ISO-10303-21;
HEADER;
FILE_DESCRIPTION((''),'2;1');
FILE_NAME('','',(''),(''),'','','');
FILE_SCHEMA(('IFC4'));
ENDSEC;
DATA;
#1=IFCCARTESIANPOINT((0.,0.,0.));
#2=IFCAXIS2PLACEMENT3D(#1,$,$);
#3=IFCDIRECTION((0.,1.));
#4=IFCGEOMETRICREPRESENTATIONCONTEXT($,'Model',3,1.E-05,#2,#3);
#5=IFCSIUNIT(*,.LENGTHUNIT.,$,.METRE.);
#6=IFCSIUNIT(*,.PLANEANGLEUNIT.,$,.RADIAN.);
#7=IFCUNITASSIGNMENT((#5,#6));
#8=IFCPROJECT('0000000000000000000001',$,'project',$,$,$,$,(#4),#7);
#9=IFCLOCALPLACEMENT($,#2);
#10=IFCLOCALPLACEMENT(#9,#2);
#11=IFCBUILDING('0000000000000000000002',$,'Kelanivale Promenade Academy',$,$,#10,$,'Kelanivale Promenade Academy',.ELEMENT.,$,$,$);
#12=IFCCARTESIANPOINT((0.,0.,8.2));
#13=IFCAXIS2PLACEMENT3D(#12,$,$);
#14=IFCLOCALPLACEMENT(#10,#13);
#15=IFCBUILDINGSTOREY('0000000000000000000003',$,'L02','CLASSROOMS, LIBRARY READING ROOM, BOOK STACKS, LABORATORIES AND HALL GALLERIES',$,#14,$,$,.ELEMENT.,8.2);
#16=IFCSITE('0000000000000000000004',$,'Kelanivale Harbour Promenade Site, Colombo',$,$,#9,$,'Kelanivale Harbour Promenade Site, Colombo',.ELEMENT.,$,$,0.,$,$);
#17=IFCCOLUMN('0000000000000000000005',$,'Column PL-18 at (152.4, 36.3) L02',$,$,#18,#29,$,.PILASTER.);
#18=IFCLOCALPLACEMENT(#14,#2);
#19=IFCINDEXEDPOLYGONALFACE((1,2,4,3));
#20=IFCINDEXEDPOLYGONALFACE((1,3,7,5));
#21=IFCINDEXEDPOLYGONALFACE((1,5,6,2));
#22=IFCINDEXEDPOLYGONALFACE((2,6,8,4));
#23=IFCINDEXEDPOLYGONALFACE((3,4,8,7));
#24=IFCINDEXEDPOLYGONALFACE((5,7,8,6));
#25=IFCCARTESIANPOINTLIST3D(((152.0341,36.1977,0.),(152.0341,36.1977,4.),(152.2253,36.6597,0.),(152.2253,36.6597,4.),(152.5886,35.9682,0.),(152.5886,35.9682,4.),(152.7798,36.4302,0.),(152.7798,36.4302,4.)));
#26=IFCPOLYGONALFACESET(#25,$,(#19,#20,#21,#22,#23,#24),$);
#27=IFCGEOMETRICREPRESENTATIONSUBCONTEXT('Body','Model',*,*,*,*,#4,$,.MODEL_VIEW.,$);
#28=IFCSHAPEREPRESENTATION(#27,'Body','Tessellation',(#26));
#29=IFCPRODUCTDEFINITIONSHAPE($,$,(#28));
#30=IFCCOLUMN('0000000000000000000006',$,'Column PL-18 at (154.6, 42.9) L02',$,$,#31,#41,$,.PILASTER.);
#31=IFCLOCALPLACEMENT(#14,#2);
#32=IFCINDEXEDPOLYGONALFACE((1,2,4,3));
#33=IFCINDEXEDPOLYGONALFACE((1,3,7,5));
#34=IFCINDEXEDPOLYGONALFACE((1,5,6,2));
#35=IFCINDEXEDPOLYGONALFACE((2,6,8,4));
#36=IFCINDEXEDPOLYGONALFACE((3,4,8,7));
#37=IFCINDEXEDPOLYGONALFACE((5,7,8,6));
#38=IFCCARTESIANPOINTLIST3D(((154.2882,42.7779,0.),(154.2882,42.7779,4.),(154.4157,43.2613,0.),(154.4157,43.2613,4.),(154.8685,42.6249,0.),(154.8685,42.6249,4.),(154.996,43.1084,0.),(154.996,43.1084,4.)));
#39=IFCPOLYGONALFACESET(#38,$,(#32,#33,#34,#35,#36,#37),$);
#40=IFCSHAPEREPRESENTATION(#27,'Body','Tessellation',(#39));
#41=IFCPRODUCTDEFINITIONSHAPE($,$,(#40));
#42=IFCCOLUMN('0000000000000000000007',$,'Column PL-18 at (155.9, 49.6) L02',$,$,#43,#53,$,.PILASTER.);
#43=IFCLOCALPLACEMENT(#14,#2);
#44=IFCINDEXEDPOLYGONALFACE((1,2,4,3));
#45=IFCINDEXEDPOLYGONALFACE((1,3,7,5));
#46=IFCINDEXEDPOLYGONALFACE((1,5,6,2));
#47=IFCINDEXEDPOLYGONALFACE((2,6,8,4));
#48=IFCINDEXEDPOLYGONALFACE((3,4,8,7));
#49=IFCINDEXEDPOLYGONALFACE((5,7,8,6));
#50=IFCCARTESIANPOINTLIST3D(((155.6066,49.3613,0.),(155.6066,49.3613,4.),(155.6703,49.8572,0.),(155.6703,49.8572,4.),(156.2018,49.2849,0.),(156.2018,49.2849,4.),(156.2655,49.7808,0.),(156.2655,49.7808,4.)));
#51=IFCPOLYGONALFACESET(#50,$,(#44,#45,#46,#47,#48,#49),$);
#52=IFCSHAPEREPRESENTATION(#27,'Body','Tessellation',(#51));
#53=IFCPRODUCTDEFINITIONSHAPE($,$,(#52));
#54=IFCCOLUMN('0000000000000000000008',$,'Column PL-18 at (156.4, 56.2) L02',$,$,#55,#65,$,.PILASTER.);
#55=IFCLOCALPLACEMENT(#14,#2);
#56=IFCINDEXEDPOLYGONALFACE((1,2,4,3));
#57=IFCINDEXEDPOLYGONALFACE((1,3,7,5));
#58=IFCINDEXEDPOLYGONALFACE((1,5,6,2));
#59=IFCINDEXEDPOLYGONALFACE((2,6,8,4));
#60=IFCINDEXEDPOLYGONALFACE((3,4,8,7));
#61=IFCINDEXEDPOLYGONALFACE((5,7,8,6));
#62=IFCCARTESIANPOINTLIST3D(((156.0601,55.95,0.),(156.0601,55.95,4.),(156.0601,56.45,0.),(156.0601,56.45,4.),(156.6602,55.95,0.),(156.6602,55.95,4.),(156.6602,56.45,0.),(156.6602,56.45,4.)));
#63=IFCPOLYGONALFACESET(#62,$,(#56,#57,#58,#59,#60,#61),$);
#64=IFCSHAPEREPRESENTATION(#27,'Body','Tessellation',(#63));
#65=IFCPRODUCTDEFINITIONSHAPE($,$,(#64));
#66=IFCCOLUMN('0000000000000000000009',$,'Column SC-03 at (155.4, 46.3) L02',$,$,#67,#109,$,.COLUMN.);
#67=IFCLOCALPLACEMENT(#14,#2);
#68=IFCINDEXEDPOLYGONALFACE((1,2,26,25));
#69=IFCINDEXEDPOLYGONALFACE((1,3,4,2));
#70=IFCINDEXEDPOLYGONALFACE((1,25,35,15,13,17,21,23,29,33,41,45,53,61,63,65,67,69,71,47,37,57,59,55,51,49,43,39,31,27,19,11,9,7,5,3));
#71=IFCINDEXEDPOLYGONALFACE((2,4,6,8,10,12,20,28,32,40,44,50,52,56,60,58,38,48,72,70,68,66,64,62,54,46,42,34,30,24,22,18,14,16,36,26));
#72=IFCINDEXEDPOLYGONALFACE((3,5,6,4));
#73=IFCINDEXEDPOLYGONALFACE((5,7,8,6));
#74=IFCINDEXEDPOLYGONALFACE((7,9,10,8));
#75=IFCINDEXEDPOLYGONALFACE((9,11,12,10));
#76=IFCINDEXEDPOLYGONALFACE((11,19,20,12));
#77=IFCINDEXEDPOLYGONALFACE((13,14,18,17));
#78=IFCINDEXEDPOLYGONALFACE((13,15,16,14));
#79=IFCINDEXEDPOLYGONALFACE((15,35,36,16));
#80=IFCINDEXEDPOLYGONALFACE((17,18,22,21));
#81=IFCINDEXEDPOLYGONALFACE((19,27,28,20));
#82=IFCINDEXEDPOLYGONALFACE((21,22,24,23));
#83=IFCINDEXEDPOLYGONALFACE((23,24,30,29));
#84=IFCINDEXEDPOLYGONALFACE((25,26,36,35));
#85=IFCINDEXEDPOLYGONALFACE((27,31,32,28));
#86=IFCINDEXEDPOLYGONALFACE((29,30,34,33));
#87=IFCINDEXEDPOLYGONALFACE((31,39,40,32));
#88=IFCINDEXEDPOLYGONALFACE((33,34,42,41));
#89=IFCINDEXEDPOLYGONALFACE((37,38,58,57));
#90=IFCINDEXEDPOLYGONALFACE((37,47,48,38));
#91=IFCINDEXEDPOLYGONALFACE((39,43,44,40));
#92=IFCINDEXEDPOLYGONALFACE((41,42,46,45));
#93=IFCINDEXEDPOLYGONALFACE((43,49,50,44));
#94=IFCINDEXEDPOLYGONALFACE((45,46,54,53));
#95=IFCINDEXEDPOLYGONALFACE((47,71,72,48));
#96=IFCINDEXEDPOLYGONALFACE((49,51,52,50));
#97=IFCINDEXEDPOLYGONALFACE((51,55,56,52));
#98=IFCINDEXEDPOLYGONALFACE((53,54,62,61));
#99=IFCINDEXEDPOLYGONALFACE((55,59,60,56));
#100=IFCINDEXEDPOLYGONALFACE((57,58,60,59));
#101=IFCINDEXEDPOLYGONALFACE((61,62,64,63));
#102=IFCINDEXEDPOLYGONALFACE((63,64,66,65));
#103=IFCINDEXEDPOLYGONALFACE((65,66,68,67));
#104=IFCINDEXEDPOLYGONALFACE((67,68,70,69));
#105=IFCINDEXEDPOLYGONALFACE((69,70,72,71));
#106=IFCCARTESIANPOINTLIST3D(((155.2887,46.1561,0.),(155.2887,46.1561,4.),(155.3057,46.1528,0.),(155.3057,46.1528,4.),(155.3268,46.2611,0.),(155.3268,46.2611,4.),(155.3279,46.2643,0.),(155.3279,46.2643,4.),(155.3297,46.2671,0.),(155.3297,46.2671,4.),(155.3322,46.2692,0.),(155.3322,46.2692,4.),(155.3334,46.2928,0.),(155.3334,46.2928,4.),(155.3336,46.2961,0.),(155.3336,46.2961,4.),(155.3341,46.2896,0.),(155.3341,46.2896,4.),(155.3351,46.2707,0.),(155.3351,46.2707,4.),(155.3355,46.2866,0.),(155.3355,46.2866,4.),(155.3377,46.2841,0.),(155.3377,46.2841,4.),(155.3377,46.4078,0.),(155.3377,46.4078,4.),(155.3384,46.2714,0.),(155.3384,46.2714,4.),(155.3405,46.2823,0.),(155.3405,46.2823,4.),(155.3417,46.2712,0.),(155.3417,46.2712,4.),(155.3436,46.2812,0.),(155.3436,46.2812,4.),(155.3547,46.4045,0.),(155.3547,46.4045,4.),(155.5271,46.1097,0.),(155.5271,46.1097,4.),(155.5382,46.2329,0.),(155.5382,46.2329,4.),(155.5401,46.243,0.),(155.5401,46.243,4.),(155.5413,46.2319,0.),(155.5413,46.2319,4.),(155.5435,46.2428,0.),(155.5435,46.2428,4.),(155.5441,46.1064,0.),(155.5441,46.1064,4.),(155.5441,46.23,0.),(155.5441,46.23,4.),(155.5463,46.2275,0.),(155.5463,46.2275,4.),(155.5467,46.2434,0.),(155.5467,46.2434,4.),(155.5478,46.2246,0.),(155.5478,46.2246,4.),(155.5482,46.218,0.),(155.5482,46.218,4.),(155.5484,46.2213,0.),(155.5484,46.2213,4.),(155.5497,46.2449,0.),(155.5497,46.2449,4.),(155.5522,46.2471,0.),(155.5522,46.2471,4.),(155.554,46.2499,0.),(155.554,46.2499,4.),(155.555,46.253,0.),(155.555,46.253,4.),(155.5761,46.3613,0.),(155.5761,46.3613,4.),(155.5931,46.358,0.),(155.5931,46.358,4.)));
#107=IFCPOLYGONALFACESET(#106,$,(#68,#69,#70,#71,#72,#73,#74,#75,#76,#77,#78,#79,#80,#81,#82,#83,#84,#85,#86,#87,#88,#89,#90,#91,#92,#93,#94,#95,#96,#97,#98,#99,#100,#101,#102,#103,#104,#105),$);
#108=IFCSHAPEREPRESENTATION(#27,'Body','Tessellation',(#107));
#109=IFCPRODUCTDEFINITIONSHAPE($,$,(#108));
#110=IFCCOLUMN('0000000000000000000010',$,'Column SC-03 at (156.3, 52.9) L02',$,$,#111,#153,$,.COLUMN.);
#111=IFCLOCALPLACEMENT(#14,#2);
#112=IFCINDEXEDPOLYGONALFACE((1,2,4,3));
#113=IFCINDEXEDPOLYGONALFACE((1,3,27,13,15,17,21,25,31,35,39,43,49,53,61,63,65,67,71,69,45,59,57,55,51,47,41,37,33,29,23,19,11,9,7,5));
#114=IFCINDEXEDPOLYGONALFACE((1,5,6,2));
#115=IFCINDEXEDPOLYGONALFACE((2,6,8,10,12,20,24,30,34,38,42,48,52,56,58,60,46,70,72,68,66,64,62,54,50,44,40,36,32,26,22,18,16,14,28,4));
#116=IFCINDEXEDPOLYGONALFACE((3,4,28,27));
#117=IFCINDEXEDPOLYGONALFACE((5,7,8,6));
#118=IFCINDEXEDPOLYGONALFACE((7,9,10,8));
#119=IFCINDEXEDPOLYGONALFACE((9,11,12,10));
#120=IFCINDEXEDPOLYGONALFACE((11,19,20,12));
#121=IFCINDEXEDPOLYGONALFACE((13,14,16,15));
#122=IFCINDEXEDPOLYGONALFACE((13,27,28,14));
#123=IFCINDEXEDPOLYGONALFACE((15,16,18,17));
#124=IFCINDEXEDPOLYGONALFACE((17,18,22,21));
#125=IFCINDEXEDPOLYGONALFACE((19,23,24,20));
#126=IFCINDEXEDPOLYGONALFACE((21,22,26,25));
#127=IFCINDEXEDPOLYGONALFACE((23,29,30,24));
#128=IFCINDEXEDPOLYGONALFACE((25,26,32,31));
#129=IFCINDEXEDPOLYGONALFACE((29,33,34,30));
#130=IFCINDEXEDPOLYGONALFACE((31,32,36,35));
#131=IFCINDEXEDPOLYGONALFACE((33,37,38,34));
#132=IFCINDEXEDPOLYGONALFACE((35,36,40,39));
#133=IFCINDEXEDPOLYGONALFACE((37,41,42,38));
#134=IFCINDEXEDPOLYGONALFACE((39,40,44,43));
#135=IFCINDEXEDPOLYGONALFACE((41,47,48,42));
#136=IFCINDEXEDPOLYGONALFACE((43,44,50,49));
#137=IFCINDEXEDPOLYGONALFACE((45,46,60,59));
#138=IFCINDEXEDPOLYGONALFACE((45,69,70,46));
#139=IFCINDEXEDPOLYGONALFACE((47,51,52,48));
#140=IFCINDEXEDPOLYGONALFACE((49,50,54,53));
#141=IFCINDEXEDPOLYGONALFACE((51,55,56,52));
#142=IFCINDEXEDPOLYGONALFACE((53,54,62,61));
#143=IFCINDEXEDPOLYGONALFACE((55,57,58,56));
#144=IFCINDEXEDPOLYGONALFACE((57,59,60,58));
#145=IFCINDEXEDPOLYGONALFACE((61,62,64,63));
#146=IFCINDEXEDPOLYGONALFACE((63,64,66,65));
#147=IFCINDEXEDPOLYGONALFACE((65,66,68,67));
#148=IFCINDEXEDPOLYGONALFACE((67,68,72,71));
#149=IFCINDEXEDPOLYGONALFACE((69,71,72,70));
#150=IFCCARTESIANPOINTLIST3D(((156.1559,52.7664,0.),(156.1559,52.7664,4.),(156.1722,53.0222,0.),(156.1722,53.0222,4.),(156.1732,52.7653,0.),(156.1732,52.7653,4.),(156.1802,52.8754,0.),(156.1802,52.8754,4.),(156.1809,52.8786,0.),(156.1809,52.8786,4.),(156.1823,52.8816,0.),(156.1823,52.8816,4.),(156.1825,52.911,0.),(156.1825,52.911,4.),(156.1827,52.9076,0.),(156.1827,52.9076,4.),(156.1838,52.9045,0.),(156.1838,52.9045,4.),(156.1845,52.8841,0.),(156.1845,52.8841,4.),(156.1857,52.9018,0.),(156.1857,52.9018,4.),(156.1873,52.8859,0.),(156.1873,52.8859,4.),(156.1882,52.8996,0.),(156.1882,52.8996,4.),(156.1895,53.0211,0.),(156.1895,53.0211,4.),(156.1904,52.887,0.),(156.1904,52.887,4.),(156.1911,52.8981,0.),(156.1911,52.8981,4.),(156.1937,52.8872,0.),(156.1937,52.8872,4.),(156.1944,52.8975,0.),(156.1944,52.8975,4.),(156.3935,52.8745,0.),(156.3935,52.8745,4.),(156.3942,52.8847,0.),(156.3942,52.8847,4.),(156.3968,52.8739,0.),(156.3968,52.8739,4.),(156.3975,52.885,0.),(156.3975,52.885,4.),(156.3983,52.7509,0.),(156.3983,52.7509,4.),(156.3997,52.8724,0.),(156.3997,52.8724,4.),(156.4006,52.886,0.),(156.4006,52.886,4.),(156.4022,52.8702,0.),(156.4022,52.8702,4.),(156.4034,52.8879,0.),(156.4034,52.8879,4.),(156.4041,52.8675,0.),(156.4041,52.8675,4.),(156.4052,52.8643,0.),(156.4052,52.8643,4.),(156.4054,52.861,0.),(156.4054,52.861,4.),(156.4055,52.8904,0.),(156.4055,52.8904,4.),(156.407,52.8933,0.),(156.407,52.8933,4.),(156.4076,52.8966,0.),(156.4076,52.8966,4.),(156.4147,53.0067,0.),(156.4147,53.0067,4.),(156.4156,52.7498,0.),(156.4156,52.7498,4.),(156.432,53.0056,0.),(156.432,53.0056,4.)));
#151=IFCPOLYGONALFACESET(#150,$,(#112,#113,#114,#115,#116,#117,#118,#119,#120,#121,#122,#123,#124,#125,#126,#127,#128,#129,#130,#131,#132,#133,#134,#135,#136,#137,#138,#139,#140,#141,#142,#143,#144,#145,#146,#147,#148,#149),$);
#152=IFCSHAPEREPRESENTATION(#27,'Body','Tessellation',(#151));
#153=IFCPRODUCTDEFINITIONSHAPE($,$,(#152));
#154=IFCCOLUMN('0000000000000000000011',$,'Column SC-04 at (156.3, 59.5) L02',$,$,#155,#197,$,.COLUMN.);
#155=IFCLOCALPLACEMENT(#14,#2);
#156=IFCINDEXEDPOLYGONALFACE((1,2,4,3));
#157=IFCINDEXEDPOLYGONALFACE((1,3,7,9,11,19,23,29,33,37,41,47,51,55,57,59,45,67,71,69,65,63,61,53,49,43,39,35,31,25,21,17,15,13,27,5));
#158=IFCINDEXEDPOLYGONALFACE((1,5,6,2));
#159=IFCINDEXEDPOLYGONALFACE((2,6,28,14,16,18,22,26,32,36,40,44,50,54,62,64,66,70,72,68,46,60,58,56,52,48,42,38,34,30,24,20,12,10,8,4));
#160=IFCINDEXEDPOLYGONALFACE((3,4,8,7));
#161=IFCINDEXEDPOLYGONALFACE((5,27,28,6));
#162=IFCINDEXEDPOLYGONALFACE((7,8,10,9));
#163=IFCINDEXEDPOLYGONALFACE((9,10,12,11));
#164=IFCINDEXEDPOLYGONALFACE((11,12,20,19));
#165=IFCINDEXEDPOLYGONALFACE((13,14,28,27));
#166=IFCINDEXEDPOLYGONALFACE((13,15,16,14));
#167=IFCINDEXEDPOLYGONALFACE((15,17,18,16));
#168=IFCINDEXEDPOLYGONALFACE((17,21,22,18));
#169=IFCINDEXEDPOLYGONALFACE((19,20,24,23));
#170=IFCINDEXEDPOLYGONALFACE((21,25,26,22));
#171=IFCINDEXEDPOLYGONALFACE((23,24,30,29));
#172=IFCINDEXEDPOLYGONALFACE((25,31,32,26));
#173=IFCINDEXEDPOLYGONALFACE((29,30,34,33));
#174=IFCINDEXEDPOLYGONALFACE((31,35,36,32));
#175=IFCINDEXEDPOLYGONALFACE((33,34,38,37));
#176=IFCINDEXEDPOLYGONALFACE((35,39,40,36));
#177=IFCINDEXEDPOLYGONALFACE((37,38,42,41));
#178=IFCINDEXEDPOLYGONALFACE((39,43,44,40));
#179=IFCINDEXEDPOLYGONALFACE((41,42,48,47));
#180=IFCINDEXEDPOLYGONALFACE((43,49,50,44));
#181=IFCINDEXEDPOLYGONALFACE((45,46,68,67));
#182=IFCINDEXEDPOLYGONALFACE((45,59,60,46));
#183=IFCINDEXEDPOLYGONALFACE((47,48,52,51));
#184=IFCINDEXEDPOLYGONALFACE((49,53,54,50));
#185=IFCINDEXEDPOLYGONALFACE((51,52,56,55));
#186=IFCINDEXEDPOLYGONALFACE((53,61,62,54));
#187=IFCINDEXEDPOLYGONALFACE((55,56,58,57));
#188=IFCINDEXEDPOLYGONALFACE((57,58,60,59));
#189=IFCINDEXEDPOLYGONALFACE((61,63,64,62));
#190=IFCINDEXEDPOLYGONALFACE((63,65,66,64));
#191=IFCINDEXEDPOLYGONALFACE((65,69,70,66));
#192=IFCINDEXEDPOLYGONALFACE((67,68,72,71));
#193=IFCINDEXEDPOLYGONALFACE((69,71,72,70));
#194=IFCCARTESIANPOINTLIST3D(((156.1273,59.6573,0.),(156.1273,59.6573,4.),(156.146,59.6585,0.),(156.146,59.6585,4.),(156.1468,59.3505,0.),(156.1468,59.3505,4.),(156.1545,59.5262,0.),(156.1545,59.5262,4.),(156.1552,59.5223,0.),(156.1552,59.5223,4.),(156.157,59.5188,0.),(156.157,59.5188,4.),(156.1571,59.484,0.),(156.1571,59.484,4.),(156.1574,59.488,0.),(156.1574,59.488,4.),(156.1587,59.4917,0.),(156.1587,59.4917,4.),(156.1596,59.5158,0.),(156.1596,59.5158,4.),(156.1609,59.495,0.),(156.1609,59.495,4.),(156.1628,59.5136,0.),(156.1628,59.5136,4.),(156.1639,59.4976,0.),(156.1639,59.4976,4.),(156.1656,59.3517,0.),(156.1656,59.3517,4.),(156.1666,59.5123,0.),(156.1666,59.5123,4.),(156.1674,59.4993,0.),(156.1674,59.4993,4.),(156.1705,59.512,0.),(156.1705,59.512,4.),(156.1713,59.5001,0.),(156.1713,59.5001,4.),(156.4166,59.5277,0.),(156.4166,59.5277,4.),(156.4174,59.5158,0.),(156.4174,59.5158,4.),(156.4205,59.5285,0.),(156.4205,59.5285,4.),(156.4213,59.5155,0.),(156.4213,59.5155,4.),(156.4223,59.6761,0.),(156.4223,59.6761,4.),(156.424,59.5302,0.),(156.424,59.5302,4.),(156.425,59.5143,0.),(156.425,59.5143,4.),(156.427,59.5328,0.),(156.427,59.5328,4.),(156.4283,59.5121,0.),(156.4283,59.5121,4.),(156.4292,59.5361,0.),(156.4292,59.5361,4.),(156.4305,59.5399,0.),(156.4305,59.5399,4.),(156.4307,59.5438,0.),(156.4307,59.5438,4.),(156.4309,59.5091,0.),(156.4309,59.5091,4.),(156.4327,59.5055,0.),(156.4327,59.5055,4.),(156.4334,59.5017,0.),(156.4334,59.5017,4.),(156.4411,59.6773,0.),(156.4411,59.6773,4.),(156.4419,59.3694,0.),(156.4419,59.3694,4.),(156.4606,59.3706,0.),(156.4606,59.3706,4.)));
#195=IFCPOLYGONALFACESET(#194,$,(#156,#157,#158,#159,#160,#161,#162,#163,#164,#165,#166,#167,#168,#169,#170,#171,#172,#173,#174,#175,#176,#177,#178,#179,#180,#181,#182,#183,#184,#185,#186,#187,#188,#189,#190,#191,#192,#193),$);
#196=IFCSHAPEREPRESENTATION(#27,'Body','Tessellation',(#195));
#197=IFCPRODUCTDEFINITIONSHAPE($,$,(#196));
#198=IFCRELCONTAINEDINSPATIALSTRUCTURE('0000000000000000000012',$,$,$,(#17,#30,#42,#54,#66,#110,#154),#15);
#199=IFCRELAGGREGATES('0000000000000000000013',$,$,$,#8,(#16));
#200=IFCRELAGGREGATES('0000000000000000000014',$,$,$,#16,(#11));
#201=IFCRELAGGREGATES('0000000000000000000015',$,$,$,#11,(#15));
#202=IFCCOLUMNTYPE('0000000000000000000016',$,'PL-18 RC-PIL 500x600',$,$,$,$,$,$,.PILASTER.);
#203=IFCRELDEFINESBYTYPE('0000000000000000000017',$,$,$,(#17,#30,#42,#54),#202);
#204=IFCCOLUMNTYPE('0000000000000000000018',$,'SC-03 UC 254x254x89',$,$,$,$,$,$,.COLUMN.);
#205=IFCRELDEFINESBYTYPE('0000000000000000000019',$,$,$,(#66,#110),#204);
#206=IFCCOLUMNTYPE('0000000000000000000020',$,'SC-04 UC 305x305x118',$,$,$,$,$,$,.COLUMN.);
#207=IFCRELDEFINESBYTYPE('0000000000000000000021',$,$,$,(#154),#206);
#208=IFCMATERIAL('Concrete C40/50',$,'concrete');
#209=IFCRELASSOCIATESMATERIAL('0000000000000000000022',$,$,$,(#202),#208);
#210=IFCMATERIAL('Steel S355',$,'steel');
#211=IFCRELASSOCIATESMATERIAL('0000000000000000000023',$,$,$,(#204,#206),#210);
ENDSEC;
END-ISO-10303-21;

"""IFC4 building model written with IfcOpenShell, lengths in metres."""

from ifc_helpers import new_model, si_unit, direction, frame, origin, origin_2d, place, context, subcontext, project, spatial, rectangle, i_section, extrude, material, material_profile, profile_set, type_object, element, save


model = new_model("IFC4")

# Units and contexts
model_context = context("Model", 3, precision=1e-05, world=origin(), true_north=direction((0.0, 1.0)))
body_context = subcontext(model_context, "Body", "Model", "MODEL_VIEW")
ifc_project = project(units=[si_unit("LENGTHUNIT", "METRE"), si_unit("PLANEANGLEUNIT", "RADIAN")], contexts=[model_context])

# Site, building, storey
site_placement = place(None, origin())
site = spatial("IfcSite", under=ifc_project, at=site_placement, Name="Kelanivale Harbour Promenade Site, Colombo", LongName="Kelanivale Harbour Promenade Site, Colombo", CompositionType="ELEMENT", RefElevation=0.0)
building_placement = place(site_placement, origin())
building = spatial("IfcBuilding", under=site, at=building_placement, Name="Kelanivale Promenade Academy", LongName="Kelanivale Promenade Academy", CompositionType="ELEMENT")
storey_placement = place(building_placement, frame((0.0, 0.0, 8.2)))
storey = spatial("IfcBuildingStorey", under=building, at=storey_placement, Name="L02", Description="CLASSROOMS, LIBRARY READING ROOM, BOOK STACKS, LABORATORIES AND HALL GALLERIES", CompositionType="ELEMENT", Elevation=8.2)

# Columns
ifc_material_1 = material(Name="Concrete C40/50", Category="concrete")
ifc_material_profile_1 = material_profile(ifc_material_1, rectangle(XDim=0.5, YDim=0.6001, at=origin_2d()), Name="RC-PIL 500x600")
ifc_profile_set_1 = profile_set([ifc_material_profile_1], Name="Concrete C40/50")
column_type_1 = type_object("IfcColumnType", Name="PL-18 RC-PIL 500x600", PredefinedType="PILASTER", material=ifc_profile_set_1)
for number, where, z_axis, x_axis, name in (
    (1, (152.407, 36.314, 0.0), (0.0, 0.0, 1.0), (0.382361, 0.924013, 0.0), "Column PL-18 at (152.4, 36.3) L02"),
    (2, (154.6421, 42.9431, 0.0), (0.0, 0.0, 1.0), (0.254939, 0.966957, 0.0), "Column PL-18 at (154.6, 42.9) L02"),
    (3, (155.936, 49.571, 0.0), (0.0, 0.0, 1.0), (0.127411, 0.99185, 0.0), "Column PL-18 at (155.9, 49.6) L02"),
    (4, (156.3601, 56.2, 0.0), (0.0, 0.0, 1.0), (0.0, 1.0, 0.0), "Column PL-18 at (156.4, 56.2) L02"),
):
    element("IfcColumn", number, at=place(storey_placement, frame(where, z_axis=z_axis, x_axis=x_axis)), inside=storey, type_object=column_type_1, Name=name, PredefinedType="PILASTER", context=body_context, shape_type="SweptSolid", body=[
        extrude(rectangle(XDim=0.5, YDim=0.6001, at=origin_2d()), origin(), (0.0, 0.0, 1.0), 4.0),
    ])
ifc_material_2 = material(Name="Steel S355", Category="steel")
ifc_material_profile_2 = material_profile(ifc_material_2, i_section(OverallWidth=0.2563, OverallDepth=0.2603, WebThickness=0.0103, FlangeThickness=0.0173, FilletRadius=0.0127, at=origin_2d()), Name="UC 254x254x89")
ifc_profile_set_2 = profile_set([ifc_material_profile_2], Name="Steel S355")
column_type_2 = type_object("IfcColumnType", Name="SC-03 UC 254x254x89", PredefinedType="COLUMN", material=ifc_profile_set_2)
for number, where, z_axis, x_axis, name in (
    (5, (155.4409, 46.2571, 0.0), (0.0, 0.0, 1.0), (0.191152, 0.981561, 0.0), "Column SC-03 at (155.4, 46.3) L02"),
    (6, (156.2939, 52.886, 0.0), (0.0, 0.0, 1.0), (0.063661, 0.997972, 0.0), "Column SC-03 at (156.3, 52.9) L02"),
):
    element("IfcColumn", number, at=place(storey_placement, frame(where, z_axis=z_axis, x_axis=x_axis)), inside=storey, type_object=column_type_2, Name=name, PredefinedType="COLUMN", context=body_context, shape_type="SweptSolid", body=[
        extrude(i_section(OverallWidth=0.2563, OverallDepth=0.2603, WebThickness=0.0103, FlangeThickness=0.0173, FilletRadius=0.0127, at=origin_2d()), origin(), (0.0, 0.0, 1.0), 4.0),
    ])
ifc_material_profile_3 = material_profile(ifc_material_2, i_section(OverallWidth=0.3074, OverallDepth=0.3145, WebThickness=0.012, FlangeThickness=0.0188, FilletRadius=0.0151, at=origin_2d()), Name="UC 305x305x118")
ifc_profile_set_3 = profile_set([ifc_material_profile_3], Name="Steel S355")
column_type_3 = type_object("IfcColumnType", Name="SC-04 UC 305x305x118", PredefinedType="COLUMN", material=ifc_profile_set_3)
column_1_placement = place(storey_placement, frame((156.2939, 59.5139, 0.0), z_axis=(0.0, 0.0, 1.0), x_axis=(-0.063661, 0.997972, 0.0)))
element("IfcColumn", 7, at=column_1_placement, inside=storey, type_object=column_type_3, Name="Column SC-04 at (156.3, 59.5) L02", PredefinedType="COLUMN", context=body_context, shape_type="SweptSolid", body=[
    extrude(i_section(OverallWidth=0.3074, OverallDepth=0.3145, WebThickness=0.012, FlangeThickness=0.0188, FilletRadius=0.0151, at=origin_2d()), origin(), (0.0, 0.0, 1.0), 4.0),
])

save(model, "model.ifc")
